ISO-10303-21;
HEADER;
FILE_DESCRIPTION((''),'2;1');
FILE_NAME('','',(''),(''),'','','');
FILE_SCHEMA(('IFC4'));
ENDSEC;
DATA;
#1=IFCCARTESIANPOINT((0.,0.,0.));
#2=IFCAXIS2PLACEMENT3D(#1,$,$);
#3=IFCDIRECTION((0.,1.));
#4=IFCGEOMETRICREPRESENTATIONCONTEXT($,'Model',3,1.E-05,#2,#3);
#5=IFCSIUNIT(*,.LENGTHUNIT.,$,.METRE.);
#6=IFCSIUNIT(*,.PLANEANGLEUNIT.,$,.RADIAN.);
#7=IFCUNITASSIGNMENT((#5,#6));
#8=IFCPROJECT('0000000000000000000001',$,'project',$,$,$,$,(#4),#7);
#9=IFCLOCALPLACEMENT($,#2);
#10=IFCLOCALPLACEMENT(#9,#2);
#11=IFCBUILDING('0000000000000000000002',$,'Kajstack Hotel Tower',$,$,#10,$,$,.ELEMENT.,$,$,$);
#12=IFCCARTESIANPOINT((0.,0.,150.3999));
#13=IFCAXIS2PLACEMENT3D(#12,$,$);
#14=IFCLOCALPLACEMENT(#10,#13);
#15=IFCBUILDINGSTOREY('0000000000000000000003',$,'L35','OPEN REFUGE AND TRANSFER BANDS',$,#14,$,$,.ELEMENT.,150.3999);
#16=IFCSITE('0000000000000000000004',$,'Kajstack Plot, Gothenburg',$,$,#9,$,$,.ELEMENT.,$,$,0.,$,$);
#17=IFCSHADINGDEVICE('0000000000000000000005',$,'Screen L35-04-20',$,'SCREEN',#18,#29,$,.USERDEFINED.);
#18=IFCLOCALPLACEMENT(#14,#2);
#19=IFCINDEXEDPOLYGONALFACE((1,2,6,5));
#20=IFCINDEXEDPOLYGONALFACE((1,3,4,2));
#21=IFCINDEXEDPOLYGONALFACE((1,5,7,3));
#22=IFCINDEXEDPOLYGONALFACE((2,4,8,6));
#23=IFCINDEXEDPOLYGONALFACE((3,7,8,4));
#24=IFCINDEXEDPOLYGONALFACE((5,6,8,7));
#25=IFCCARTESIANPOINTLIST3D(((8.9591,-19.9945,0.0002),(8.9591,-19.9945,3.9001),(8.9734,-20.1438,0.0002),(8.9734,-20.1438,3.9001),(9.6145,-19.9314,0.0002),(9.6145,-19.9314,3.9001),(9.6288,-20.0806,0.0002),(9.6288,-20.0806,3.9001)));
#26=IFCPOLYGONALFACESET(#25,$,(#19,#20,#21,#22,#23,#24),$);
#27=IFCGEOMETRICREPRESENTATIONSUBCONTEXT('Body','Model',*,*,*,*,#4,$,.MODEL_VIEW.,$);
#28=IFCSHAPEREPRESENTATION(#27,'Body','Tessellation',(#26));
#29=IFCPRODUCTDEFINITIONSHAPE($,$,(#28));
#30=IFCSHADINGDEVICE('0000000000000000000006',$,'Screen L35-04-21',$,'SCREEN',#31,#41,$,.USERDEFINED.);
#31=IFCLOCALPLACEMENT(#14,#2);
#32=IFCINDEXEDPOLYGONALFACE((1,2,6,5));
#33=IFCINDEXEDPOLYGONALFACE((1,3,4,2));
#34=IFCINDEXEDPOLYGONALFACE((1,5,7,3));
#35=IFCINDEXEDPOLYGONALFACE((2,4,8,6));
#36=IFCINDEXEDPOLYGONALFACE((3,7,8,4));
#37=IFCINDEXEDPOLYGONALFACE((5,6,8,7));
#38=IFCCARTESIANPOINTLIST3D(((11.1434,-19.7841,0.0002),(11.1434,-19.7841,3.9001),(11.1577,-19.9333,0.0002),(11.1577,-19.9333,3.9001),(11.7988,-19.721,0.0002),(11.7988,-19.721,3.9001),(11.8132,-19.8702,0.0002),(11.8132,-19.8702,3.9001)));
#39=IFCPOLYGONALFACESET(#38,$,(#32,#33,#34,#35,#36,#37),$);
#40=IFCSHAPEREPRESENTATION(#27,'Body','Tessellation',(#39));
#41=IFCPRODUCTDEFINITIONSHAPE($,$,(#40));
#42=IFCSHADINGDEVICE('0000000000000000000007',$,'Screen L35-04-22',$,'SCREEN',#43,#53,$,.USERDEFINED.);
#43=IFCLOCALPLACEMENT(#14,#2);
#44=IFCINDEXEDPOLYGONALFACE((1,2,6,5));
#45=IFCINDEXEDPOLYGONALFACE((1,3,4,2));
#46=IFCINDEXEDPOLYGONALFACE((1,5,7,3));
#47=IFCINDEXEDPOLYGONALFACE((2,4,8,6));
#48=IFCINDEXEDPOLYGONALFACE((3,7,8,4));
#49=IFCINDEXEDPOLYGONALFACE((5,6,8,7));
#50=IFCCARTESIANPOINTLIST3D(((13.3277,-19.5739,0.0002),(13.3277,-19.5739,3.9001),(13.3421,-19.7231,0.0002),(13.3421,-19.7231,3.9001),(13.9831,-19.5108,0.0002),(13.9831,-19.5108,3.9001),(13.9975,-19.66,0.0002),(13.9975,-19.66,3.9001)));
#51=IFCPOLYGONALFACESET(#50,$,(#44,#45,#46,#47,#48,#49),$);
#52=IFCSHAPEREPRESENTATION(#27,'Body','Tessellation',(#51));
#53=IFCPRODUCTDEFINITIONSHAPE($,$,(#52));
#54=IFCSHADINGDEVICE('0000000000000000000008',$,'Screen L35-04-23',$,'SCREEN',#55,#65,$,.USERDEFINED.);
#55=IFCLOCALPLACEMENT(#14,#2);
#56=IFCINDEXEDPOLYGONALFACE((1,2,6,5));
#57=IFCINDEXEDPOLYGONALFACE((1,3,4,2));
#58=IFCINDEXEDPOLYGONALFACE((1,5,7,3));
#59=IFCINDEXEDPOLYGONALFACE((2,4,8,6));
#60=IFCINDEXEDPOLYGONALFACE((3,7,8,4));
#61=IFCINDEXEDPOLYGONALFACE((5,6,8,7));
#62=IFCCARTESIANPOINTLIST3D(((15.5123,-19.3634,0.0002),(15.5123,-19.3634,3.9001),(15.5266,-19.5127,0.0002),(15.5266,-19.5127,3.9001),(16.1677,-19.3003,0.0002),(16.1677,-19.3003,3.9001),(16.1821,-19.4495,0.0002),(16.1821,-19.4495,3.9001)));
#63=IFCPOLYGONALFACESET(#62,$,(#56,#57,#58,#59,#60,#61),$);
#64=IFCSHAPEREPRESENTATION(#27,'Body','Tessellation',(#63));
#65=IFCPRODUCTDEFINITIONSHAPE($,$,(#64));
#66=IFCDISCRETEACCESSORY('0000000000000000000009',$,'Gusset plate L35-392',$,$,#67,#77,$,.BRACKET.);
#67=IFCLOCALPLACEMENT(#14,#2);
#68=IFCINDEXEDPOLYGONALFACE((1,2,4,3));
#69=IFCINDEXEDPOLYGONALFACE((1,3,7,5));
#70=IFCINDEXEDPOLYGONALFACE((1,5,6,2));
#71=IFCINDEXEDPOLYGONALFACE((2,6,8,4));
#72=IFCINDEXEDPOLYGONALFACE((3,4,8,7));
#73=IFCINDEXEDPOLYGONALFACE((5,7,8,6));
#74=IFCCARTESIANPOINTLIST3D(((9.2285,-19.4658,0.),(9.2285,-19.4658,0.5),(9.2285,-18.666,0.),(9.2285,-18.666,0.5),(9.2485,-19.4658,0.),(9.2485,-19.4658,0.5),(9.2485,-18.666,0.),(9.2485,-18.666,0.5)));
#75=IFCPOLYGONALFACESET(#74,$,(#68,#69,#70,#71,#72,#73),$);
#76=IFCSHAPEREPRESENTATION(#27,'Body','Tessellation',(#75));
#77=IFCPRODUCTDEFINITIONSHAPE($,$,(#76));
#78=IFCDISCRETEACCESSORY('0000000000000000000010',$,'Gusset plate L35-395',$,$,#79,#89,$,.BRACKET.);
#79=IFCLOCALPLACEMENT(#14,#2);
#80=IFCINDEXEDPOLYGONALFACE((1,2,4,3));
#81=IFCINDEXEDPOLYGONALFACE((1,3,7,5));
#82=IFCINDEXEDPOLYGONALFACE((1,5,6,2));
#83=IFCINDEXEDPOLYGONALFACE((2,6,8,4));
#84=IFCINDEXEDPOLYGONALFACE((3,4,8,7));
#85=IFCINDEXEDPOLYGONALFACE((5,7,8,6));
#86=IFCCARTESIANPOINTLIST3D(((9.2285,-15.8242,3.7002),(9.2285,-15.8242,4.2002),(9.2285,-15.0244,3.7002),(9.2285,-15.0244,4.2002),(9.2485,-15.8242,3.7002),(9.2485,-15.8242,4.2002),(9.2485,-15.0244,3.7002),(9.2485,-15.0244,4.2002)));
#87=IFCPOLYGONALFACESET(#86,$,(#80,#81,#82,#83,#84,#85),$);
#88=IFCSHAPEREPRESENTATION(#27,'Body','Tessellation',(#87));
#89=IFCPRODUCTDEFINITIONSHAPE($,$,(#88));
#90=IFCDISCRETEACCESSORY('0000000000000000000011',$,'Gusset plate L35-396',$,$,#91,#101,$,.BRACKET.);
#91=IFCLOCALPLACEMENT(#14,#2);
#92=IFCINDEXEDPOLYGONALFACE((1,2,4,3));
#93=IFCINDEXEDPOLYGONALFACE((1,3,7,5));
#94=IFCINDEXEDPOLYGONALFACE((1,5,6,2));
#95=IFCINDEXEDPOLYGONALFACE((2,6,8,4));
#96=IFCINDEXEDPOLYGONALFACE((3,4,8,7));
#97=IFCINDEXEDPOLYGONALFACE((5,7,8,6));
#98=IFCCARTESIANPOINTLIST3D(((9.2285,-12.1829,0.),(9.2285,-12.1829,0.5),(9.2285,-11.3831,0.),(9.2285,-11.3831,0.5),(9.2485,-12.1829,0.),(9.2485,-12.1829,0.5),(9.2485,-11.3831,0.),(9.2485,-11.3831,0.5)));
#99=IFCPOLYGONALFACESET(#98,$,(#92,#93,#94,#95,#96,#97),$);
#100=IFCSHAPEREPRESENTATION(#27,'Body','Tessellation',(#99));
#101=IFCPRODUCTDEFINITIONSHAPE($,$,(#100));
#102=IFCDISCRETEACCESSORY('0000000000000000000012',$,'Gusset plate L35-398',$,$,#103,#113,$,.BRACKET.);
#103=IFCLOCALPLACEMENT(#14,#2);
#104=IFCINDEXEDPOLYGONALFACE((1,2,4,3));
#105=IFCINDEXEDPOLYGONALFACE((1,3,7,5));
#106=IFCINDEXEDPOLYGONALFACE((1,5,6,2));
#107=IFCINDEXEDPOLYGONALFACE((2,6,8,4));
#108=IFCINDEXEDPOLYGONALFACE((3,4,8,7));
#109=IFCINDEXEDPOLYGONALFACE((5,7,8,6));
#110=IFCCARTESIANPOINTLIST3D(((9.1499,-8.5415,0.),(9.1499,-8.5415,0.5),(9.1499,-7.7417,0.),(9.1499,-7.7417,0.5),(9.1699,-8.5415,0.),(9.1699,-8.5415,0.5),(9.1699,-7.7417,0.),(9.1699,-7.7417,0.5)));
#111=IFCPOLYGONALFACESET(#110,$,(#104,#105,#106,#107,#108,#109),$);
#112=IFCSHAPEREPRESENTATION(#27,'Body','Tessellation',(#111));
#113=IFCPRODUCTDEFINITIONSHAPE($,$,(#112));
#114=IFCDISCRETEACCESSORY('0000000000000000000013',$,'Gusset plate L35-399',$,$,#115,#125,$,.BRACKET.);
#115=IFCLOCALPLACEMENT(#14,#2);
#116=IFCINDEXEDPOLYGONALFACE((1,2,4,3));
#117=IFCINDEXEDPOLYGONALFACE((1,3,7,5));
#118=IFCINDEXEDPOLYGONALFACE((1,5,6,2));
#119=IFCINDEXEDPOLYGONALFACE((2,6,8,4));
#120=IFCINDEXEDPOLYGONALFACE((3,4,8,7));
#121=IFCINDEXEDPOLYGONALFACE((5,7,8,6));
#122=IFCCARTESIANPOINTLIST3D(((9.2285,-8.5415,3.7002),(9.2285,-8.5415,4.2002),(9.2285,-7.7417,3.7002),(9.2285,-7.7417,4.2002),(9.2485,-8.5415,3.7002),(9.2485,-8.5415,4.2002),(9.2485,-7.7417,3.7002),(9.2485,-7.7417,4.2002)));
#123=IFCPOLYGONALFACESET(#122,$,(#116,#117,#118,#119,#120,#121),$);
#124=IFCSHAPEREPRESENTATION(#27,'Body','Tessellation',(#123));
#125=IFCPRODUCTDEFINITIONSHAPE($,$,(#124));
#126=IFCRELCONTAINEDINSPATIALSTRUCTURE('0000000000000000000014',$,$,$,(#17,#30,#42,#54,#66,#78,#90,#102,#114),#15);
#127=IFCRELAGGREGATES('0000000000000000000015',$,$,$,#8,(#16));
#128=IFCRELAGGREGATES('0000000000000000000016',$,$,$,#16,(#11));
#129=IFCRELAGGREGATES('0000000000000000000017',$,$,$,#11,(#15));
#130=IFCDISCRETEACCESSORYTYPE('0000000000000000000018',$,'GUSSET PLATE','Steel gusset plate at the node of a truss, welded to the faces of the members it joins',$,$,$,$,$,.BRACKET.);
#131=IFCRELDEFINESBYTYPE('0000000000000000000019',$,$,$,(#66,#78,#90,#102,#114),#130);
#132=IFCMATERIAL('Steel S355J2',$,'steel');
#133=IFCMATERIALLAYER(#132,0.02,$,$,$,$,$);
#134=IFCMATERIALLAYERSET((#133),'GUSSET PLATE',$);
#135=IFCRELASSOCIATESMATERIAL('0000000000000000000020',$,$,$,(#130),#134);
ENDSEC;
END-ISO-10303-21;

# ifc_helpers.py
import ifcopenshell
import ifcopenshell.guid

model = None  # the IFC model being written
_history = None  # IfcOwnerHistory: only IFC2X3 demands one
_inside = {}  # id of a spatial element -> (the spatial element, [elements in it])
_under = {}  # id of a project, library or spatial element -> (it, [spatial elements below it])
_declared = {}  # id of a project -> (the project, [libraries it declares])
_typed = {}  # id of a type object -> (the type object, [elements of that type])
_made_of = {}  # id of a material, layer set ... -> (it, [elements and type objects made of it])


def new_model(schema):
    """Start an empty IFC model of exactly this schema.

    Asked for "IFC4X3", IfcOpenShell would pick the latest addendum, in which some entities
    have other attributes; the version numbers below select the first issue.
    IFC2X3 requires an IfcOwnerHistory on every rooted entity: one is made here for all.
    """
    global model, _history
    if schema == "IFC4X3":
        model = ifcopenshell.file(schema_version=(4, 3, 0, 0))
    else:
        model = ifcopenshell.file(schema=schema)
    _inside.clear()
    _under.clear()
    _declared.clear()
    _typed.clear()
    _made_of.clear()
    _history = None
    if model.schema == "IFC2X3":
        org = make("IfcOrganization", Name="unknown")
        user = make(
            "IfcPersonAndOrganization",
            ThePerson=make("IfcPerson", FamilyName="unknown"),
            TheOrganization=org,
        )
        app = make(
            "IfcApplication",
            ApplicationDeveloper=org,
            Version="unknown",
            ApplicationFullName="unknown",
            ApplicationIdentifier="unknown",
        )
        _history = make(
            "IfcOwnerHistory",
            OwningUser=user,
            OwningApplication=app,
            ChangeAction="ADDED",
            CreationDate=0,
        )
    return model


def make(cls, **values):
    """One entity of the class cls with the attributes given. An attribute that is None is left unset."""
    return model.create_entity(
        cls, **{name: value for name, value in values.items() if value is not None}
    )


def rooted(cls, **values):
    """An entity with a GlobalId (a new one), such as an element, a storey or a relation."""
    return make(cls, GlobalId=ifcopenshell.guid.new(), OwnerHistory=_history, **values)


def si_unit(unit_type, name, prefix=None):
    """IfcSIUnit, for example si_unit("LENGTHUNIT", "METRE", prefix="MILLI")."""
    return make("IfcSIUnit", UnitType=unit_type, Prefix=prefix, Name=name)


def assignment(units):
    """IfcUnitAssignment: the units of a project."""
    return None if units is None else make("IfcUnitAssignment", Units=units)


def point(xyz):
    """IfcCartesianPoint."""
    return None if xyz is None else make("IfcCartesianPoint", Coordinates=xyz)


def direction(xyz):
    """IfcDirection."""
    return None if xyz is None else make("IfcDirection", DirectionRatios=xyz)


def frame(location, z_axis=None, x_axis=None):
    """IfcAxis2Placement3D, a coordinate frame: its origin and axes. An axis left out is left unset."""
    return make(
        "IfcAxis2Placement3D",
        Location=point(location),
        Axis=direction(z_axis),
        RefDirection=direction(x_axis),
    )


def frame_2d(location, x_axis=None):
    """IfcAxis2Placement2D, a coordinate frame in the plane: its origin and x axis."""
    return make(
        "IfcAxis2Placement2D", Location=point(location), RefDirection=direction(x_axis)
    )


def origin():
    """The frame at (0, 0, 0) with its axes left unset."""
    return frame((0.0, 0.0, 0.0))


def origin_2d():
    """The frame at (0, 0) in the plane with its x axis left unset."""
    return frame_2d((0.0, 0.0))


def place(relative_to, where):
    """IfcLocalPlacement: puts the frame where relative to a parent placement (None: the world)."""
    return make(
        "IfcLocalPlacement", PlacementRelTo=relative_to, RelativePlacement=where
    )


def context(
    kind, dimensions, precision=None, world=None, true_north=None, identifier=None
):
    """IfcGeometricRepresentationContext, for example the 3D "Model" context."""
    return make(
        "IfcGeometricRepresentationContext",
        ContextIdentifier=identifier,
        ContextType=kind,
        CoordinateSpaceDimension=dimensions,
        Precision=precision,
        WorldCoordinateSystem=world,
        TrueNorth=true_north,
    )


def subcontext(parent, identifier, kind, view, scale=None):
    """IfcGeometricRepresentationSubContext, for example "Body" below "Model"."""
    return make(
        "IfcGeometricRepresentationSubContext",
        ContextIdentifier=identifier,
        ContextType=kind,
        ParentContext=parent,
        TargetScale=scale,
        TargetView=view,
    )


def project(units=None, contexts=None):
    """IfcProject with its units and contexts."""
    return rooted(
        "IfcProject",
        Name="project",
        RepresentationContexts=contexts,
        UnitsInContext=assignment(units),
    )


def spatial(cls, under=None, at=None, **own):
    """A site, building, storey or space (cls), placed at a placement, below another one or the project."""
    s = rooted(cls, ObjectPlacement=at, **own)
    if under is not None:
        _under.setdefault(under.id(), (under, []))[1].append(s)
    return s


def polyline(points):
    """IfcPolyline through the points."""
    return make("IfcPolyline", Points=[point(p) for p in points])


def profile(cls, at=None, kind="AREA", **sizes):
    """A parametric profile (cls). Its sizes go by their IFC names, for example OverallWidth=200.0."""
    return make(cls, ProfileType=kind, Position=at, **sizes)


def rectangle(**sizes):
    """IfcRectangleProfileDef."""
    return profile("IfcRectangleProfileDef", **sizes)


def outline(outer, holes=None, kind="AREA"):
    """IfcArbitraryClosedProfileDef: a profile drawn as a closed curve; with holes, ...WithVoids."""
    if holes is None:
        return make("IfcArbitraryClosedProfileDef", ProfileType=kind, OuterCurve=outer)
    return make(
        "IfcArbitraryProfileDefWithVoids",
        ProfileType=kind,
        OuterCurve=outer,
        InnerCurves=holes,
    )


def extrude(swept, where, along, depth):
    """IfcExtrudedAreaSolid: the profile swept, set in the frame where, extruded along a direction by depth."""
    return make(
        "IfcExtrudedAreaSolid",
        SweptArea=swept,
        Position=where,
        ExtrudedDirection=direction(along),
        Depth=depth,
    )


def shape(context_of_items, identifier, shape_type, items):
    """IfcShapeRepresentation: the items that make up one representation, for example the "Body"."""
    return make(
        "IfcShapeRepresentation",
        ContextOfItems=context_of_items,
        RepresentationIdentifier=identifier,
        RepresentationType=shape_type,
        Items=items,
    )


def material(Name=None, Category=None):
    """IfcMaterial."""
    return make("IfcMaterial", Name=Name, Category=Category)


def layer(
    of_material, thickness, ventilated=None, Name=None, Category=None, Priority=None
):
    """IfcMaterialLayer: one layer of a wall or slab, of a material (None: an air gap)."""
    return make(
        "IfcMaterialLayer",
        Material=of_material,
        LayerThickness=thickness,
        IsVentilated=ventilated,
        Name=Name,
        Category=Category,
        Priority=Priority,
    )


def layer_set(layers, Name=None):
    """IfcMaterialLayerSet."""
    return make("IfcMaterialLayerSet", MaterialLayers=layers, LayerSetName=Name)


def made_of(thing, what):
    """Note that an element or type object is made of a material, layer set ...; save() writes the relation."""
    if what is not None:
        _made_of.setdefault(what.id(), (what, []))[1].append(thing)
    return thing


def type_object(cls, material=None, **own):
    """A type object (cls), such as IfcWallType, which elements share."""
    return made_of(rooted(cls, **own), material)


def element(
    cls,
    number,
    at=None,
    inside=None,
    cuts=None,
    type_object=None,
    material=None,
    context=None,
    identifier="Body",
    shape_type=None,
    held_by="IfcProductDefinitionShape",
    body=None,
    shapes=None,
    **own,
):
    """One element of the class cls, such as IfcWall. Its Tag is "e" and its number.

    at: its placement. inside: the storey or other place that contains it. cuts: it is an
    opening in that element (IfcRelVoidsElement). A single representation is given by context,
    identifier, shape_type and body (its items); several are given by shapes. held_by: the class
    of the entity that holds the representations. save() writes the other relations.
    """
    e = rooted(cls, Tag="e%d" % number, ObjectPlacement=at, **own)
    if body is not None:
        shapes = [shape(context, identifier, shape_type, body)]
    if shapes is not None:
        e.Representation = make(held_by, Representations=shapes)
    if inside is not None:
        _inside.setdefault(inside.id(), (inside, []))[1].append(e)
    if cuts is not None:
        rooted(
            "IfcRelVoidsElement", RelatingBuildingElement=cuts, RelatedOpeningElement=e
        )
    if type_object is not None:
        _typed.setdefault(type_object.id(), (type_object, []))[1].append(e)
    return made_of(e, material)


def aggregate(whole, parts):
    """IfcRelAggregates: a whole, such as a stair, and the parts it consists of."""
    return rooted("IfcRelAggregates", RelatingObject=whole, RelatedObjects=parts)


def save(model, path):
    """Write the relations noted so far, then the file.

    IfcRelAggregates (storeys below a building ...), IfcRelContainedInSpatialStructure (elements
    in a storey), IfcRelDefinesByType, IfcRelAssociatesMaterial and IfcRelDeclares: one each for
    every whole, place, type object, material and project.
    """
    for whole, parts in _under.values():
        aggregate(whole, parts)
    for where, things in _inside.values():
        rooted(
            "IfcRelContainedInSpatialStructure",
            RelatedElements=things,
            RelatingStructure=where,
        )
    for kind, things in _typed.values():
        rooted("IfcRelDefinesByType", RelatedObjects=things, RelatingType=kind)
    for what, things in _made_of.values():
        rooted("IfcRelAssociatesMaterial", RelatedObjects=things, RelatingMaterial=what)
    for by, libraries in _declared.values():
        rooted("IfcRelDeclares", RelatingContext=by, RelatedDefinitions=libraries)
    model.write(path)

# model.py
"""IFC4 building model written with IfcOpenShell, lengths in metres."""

from ifc_helpers import new_model, si_unit, direction, frame, origin, origin_2d, place, context, subcontext, project, spatial, polyline, rectangle, outline, extrude, material, layer, layer_set, type_object, element, save


model = new_model("IFC4")

# Units and contexts
model_context = context("Model", 3, precision=1e-05, world=origin(), true_north=direction((0.0, 1.0)))
body_context = subcontext(model_context, "Body", "Model", "MODEL_VIEW")
ifc_project = project(units=[si_unit("LENGTHUNIT", "METRE"), si_unit("PLANEANGLEUNIT", "RADIAN")], contexts=[model_context])

# Site, building, storey
site_placement = place(None, origin())
site = spatial("IfcSite", under=ifc_project, at=site_placement, Name="Kajstack Plot, Gothenburg", CompositionType="ELEMENT", RefElevation=0.0)
building_placement = place(site_placement, origin())
building = spatial("IfcBuilding", under=site, at=building_placement, Name="Kajstack Hotel Tower", CompositionType="ELEMENT")
storey_placement = place(building_placement, frame((0.0, 0.0, 150.3999)))
storey = spatial("IfcBuildingStorey", under=building, at=storey_placement, Name="L35", Description="OPEN REFUGE AND TRANSFER BANDS", CompositionType="ELEMENT", Elevation=150.3999)

# Shared definitions
ifc_material_1 = material(Name="Steel S355J2", Category="steel")

# Shading devices
for number, where, z_axis, x_axis, name in (
    (1, (9.2939, -20.0376, 0.0002), (0.0, 0.0, 1.0), (0.995396, 0.095846, 0.0), "Screen L35-04-20"),
    (2, (11.4783, -19.8271, 0.0002), (0.0, 0.0, 1.0), (0.995396, 0.095846, 0.0), "Screen L35-04-21"),
    (3, (13.6626, -19.6169, 0.0002), (0.0, 0.0, 1.0), (0.995396, 0.095846, 0.0), "Screen L35-04-22"),
    (4, (15.8472, -19.4065, 0.0002), (0.0, 0.0, 1.0), (0.995396, 0.095846, 0.0), "Screen L35-04-23"),
):
    element("IfcShadingDevice", number, at=place(storey_placement, frame(where, z_axis=z_axis, x_axis=x_axis)), inside=storey, Name=name, ObjectType="SCREEN", PredefinedType="USERDEFINED", context=body_context, shape_type="SweptSolid", body=[
        extrude(rectangle(XDim=0.6584, YDim=0.1499, at=origin_2d()), origin(), (0.0, 0.0, 1.0), 3.8999),
    ])

# Discrete accessories
ifc_layer_1 = layer(ifc_material_1, 0.02)
ifc_layer_set_1 = layer_set([ifc_layer_1], Name="GUSSET PLATE")
discrete_accessory_type = type_object("IfcDiscreteAccessoryType", Name="GUSSET PLATE", Description="Steel gusset plate at the node of a truss, welded to the faces of the members it joins", PredefinedType="BRACKET", material=ifc_layer_set_1)
for number, where, z_axis, x_axis, name in (
    (5, (9.2285, -19.0659, 0.0), (1.0, 0.0, 0.0), (0.0, 1.0, 0.0), "Gusset plate L35-392"),
    (6, (9.2285, -15.4243, 3.7002), (1.0, 0.0, 0.0), (0.0, 1.0, 0.0), "Gusset plate L35-395"),
    (7, (9.2285, -11.783, 0.0), (1.0, 0.0, 0.0), (0.0, 1.0, 0.0), "Gusset plate L35-396"),
    (8, (9.1499, -8.1416, 0.0), (1.0, 0.0, 0.0), (0.0, 1.0, 0.0), "Gusset plate L35-398"),
    (9, (9.2285, -8.1416, 3.7002), (1.0, 0.0, 0.0), (0.0, 1.0, 0.0), "Gusset plate L35-399"),
):
    element("IfcDiscreteAccessory", number, at=place(storey_placement, frame(where, z_axis=z_axis, x_axis=x_axis)), inside=storey, type_object=discrete_accessory_type, Name=name, PredefinedType="BRACKET", context=body_context, shape_type="SweptSolid", body=[
        extrude(outline(polyline([(-0.3999, 0.0), (0.3999, 0.0), (0.3999, 0.5), (-0.3999, 0.5), (-0.3999, 0.0)])), origin(), (0.0, 0.0, 1.0), 0.02),
    ])

save(model, "model.ifc")
